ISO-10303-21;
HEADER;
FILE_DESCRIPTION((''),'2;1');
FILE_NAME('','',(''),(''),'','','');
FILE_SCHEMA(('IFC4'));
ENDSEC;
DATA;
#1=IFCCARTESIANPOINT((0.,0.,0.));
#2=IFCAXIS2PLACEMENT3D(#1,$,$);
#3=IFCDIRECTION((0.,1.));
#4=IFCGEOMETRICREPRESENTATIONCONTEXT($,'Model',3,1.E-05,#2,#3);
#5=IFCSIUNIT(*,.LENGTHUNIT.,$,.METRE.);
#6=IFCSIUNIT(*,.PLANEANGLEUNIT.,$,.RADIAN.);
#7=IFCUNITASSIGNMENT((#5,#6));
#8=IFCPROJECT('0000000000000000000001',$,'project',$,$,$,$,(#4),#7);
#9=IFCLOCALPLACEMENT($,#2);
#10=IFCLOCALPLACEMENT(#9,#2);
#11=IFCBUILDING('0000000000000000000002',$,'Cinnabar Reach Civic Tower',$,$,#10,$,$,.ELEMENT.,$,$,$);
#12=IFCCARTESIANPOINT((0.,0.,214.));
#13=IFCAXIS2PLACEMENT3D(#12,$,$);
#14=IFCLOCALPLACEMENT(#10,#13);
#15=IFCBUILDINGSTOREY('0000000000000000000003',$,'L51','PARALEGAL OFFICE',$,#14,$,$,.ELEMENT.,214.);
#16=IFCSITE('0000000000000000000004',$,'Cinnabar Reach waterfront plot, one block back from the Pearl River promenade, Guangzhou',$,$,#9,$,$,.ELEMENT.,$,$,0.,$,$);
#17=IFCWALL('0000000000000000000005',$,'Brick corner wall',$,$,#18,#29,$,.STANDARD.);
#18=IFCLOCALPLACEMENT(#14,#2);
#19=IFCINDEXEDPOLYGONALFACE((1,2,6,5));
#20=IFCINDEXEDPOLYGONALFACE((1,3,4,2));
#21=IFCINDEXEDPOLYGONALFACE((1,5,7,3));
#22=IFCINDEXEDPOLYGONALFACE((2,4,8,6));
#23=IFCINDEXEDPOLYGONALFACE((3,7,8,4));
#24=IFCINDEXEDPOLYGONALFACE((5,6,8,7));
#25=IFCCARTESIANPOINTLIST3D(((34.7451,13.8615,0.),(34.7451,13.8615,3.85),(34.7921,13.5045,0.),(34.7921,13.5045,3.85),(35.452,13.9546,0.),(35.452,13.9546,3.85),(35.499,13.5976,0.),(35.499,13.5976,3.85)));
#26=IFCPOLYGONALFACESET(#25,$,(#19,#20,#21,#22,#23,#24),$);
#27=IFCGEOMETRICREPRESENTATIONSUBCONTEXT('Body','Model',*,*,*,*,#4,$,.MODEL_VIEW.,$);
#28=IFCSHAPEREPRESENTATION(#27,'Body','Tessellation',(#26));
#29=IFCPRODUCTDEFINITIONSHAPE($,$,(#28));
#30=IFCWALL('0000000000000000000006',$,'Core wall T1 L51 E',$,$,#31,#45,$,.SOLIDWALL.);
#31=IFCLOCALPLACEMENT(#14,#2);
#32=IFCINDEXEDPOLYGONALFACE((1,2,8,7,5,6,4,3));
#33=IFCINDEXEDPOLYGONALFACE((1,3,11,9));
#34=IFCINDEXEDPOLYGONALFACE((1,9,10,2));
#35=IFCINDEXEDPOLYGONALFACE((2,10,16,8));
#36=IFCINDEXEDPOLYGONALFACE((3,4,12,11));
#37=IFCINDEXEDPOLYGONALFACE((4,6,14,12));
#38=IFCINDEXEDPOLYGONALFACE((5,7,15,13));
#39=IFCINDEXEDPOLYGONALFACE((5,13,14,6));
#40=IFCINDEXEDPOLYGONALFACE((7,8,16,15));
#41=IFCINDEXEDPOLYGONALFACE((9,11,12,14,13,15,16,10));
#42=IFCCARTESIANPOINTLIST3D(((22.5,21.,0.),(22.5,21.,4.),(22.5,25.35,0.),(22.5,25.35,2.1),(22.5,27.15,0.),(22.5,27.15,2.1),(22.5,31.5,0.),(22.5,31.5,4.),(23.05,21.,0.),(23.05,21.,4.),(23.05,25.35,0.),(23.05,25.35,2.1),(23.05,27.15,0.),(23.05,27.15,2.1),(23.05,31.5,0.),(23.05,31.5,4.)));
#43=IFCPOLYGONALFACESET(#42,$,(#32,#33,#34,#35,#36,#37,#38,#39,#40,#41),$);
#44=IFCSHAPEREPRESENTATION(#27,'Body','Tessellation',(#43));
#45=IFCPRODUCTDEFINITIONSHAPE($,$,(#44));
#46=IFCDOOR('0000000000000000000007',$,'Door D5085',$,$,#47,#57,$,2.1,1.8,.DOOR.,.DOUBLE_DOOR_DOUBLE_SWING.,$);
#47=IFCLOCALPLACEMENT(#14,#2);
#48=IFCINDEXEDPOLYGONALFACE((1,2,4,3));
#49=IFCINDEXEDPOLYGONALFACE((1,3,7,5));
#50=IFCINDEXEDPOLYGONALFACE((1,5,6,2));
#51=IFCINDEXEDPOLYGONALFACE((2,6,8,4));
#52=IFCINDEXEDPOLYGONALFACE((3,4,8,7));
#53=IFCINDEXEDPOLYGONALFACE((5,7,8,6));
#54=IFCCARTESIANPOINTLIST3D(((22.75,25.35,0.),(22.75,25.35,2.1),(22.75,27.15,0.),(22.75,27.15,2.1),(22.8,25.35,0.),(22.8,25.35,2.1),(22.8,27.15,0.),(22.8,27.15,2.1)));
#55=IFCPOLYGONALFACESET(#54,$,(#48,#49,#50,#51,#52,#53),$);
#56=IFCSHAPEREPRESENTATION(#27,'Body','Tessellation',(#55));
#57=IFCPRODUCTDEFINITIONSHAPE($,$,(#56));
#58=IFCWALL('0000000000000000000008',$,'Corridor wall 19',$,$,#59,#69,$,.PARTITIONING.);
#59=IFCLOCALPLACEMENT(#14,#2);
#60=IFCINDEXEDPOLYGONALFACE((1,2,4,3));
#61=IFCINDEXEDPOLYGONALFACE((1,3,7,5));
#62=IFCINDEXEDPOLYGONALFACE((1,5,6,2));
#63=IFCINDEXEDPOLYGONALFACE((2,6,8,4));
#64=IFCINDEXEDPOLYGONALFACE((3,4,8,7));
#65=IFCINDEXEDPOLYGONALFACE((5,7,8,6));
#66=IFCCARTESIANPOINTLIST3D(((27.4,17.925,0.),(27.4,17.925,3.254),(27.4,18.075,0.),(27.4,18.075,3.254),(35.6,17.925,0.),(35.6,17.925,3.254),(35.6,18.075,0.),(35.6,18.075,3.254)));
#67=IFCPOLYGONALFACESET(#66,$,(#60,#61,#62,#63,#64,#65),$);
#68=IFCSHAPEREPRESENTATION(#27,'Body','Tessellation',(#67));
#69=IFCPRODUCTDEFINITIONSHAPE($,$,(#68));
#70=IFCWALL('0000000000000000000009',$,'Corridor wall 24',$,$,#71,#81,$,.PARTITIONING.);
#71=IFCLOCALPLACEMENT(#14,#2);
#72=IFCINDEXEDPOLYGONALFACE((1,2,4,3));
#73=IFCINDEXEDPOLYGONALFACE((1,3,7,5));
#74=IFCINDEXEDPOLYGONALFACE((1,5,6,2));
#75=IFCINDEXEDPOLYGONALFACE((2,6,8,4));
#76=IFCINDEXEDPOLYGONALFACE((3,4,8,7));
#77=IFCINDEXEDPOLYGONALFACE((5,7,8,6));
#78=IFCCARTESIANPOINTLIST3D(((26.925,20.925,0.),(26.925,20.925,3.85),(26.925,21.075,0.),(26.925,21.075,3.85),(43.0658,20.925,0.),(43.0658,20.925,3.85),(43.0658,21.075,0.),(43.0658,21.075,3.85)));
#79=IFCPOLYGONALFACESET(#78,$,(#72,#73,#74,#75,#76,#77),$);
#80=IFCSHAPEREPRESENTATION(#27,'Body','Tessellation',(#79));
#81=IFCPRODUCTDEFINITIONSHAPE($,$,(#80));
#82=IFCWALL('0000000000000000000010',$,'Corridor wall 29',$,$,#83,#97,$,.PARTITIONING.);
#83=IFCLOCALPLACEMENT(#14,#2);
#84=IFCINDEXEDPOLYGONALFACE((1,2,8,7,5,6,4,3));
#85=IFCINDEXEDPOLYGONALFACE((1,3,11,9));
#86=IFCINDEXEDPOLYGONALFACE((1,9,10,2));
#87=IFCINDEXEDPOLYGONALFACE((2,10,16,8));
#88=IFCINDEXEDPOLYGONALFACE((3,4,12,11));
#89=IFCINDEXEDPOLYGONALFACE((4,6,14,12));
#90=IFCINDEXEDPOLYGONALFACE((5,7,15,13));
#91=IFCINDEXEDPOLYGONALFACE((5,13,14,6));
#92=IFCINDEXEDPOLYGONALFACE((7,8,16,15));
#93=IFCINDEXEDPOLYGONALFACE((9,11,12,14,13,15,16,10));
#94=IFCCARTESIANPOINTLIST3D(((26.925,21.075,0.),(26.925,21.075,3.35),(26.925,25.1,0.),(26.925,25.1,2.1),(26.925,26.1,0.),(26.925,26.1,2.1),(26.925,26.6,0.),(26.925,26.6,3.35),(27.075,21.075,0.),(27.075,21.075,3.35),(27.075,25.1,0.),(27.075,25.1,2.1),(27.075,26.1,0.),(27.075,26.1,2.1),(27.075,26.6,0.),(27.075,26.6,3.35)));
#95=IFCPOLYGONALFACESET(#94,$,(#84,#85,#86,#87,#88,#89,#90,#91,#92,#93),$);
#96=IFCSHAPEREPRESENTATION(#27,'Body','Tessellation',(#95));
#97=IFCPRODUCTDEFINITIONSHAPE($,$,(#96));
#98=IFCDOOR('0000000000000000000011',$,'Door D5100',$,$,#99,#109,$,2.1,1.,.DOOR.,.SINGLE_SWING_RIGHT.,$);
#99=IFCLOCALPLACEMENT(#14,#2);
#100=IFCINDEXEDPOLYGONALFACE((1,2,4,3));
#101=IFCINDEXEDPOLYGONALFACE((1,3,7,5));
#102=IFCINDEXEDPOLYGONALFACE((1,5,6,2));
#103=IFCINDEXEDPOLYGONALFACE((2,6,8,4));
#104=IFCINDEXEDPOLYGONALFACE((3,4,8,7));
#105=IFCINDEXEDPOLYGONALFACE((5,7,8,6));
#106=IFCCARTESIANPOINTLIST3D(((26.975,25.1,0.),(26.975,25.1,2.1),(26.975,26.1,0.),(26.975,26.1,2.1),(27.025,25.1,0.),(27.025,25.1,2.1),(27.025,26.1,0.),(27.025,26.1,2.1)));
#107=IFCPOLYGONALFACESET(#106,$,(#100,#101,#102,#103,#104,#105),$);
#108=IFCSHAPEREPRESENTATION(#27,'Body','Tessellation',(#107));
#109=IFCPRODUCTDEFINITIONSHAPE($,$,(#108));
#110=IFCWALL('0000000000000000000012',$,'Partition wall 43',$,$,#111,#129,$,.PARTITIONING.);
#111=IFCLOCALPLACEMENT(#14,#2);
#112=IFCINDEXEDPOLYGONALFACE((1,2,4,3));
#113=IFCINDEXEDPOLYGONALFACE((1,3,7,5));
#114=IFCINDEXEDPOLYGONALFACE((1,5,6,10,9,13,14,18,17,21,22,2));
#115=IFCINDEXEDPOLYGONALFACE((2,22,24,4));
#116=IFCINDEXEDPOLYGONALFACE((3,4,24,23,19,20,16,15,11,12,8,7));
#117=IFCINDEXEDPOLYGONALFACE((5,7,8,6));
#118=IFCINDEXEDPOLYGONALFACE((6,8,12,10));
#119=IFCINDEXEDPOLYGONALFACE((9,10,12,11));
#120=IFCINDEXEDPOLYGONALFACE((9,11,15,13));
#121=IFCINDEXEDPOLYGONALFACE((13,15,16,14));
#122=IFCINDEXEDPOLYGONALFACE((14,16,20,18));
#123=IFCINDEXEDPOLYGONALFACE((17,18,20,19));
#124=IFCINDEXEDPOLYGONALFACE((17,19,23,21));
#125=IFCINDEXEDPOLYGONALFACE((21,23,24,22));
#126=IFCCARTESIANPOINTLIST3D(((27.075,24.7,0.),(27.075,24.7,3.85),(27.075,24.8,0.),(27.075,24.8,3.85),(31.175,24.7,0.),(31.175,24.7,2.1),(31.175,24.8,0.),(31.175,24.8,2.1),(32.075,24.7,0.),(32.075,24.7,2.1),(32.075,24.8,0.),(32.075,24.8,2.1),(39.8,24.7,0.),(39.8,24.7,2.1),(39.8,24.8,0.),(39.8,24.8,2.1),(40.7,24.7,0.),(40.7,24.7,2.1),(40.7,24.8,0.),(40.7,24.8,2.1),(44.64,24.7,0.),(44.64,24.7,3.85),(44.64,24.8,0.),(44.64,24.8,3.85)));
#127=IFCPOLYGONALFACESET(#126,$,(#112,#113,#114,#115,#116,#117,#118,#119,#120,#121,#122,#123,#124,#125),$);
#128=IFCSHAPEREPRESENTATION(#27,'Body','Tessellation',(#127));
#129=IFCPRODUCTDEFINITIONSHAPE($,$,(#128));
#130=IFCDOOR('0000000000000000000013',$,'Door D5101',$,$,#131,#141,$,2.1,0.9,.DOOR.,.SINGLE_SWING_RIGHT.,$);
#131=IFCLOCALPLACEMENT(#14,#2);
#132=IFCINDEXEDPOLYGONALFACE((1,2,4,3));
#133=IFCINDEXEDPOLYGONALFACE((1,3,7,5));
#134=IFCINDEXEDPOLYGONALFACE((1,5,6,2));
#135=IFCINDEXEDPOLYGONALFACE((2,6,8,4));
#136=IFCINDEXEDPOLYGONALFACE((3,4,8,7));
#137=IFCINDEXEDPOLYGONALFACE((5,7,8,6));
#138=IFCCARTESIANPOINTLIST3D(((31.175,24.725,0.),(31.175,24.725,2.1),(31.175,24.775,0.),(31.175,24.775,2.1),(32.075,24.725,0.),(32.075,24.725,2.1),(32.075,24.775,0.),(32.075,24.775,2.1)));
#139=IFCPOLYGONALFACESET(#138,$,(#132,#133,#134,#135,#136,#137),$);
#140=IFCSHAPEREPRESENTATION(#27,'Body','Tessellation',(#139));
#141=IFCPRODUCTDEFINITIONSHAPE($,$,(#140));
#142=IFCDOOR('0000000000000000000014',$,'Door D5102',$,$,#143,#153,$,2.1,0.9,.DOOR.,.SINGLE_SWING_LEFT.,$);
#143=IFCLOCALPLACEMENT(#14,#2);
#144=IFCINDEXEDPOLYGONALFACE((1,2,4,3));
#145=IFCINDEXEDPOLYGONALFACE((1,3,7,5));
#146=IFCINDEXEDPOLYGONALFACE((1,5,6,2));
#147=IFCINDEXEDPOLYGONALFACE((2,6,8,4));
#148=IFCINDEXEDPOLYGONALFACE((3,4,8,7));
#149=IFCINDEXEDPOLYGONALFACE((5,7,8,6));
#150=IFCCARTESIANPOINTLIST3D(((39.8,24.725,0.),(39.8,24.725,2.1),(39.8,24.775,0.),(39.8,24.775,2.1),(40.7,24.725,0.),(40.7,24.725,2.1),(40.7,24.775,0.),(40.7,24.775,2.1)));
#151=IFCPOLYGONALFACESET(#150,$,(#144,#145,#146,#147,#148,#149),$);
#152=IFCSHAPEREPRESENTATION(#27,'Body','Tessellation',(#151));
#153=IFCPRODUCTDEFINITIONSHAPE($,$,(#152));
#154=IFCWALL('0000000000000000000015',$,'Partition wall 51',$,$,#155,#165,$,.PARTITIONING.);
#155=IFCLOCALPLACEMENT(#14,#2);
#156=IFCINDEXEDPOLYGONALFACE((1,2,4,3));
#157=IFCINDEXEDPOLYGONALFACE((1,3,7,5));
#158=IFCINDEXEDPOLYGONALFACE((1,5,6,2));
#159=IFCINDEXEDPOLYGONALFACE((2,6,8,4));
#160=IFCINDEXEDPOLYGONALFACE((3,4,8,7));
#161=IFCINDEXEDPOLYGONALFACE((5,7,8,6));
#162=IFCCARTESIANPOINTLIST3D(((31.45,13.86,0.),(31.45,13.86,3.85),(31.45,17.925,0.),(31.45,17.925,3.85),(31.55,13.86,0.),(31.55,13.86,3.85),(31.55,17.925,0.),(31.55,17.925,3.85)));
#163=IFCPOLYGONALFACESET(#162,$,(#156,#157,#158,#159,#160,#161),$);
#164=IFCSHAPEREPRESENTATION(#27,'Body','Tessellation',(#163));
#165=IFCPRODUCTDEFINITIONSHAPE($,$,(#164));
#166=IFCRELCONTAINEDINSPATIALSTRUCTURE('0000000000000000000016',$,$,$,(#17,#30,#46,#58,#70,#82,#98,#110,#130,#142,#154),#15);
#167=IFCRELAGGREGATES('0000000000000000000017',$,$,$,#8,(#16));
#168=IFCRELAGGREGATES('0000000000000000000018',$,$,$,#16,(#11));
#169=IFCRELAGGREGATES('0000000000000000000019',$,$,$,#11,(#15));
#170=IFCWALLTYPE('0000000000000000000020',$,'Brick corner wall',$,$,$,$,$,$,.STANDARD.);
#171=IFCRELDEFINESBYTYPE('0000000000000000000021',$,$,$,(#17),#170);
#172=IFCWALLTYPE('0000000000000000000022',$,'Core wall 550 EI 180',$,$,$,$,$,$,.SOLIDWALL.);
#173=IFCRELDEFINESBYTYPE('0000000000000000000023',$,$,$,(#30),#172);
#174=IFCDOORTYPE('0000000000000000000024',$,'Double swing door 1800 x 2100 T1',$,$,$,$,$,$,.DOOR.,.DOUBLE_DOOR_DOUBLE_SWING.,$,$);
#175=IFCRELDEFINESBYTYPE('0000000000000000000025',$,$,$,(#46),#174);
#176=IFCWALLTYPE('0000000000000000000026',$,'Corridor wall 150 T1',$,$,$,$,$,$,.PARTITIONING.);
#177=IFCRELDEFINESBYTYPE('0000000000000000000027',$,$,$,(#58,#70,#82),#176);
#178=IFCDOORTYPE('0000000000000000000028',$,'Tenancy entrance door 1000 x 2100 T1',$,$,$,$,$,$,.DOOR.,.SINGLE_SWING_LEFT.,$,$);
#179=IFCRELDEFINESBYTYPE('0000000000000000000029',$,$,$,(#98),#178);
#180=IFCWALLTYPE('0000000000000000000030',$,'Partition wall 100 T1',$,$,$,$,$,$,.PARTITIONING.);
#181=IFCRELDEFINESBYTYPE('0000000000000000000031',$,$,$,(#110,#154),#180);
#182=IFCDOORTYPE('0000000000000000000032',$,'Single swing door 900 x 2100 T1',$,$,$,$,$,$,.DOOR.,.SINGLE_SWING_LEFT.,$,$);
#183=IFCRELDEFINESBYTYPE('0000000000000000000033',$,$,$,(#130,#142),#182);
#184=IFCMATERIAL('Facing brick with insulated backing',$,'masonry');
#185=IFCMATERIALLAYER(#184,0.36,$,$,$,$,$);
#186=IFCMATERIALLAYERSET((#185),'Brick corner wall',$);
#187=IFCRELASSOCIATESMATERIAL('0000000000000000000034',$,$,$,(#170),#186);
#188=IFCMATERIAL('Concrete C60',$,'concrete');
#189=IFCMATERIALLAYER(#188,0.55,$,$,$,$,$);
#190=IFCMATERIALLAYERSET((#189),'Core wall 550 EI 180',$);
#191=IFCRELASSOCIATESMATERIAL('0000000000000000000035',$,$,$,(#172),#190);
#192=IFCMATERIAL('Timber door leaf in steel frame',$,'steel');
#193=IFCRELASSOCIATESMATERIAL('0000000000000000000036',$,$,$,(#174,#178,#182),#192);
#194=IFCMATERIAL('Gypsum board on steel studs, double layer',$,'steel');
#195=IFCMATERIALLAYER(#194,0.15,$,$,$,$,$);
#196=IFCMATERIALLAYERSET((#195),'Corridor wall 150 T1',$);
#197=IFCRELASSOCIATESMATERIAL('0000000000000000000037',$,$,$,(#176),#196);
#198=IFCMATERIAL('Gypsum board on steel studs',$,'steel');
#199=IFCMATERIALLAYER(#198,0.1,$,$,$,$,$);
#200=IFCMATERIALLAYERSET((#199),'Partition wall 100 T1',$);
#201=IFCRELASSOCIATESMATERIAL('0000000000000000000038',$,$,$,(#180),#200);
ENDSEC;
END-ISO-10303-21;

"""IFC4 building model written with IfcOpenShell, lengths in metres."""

from ifc_helpers import new_model, si_unit, direction, frame, frame_2d, origin, place, context, subcontext, project, spatial, rectangle, extrude, material, layer, layer_set, type_object, element, fill, save


model = new_model("IFC4")

# Units and contexts
model_context = context("Model", 3, precision=1e-05, world=origin(), true_north=direction((0.0, 1.0)))
body_context = subcontext(model_context, "Body", "Model", "MODEL_VIEW")
ifc_project = project(units=[si_unit("LENGTHUNIT", "METRE"), si_unit("PLANEANGLEUNIT", "RADIAN")], contexts=[model_context])

# Site, building, storey
site_placement = place(None, origin())
site = spatial("IfcSite", under=ifc_project, at=site_placement, Name="Cinnabar Reach waterfront plot, one block back from the Pearl River promenade, Guangzhou", CompositionType="ELEMENT", RefElevation=0.0)
building_placement = place(site_placement, origin())
building = spatial("IfcBuilding", under=site, at=building_placement, Name="Cinnabar Reach Civic Tower", CompositionType="ELEMENT")
storey_placement = place(building_placement, frame((0.0, 0.0, 214.0)))
storey = spatial("IfcBuildingStorey", under=building, at=storey_placement, Name="L51", Description="PARALEGAL OFFICE", CompositionType="ELEMENT", Elevation=214.0)

# Shared definitions
ifc_material_1 = material(Name="Concrete C60", Category="concrete")

# Wall
ifc_material_2 = material(Name="Facing brick with insulated backing", Category="masonry")
ifc_layer_1 = layer(ifc_material_2, 0.36)
ifc_layer_set_1 = layer_set([ifc_layer_1], Name="Brick corner wall")
wall_type_1 = type_object("IfcWallType", Name="Brick corner wall", PredefinedType="STANDARD", material=ifc_layer_set_1)
wall_1_placement = place(storey_placement, frame((34.7686, 13.683, 0.0), z_axis=(0.0, 0.0, 1.0), x_axis=(0.991441, 0.130556, 0.0)))
element("IfcWall", 1, at=wall_1_placement, inside=storey, type_object=wall_type_1, Name="Brick corner wall", PredefinedType="STANDARD", context=body_context, shape_type="SweptSolid", body=[
    extrude(rectangle(XDim=0.7131, YDim=0.36, at=frame_2d((0.3565, 0.0))), origin(), (0.0, 0.0, 1.0), 3.85),
])

# Wall, opening, door
ifc_layer_2 = layer(ifc_material_1, 0.55)
ifc_layer_set_2 = layer_set([ifc_layer_2], Name="Core wall 550 EI 180")
wall_type_2 = type_object("IfcWallType", Name="Core wall 550 EI 180", PredefinedType="SOLIDWALL", material=ifc_layer_set_2)
wall_2_placement = place(storey_placement, frame((22.775, 21.0, 0.0), z_axis=(0.0, 0.0, 1.0), x_axis=(0.0, 1.0, 0.0)))
wall_2 = element("IfcWall", 2, at=wall_2_placement, inside=storey, type_object=wall_type_2, Name="Core wall T1 L51 E", PredefinedType="SOLIDWALL", context=body_context, shape_type="SweptSolid", body=[
    extrude(rectangle(XDim=10.5, YDim=0.55, at=frame_2d((5.25, 0.0))), origin(), (0.0, 0.0, 1.0), 4.0),
])
opening_1_placement = place(wall_2_placement, frame((4.35, 0.0, 0.0)))
opening_1 = element("IfcOpeningElement", 3, at=opening_1_placement, cuts=wall_2, PredefinedType="OPENING", context=body_context, shape_type="SweptSolid", body=[
    extrude(rectangle(XDim=1.8, YDim=2.1, at=frame_2d((0.9, 1.05))), frame((0.0, 0.285, 0.0), z_axis=(0.0, -1.0, 0.0), x_axis=(1.0, 0.0, 0.0)), (0.0, 0.0, 1.0), 0.57),
])
ifc_material_3 = material(Name="Timber door leaf in steel frame", Category="steel")
door_type_1 = type_object("IfcDoorType", Name="Double swing door 1800 x 2100 T1", OperationType="DOUBLE_DOOR_DOUBLE_SWING", PredefinedType="DOOR", material=ifc_material_3)
door_1_placement = place(opening_1_placement, origin())
door_1 = element("IfcDoor", 4, at=door_1_placement, inside=storey, type_object=door_type_1, Name="Door D5085", OperationType="DOUBLE_DOOR_DOUBLE_SWING", OverallHeight=2.1, OverallWidth=1.8, PredefinedType="DOOR", context=body_context, shape_type="SweptSolid", body=[
    extrude(rectangle(XDim=1.8, YDim=2.1, at=frame_2d((0.9, 1.05))), frame((0.0, 0.025, 0.0), z_axis=(0.0, -1.0, 0.0), x_axis=(1.0, 0.0, 0.0)), (0.0, 0.0, 1.0), 0.05),
])
fill(opening_1, door_1)

# Walls
ifc_material_4 = material(Name="Gypsum board on steel studs, double layer", Category="steel")
ifc_layer_3 = layer(ifc_material_4, 0.15)
ifc_layer_set_3 = layer_set([ifc_layer_3], Name="Corridor wall 150 T1")
wall_type_3 = type_object("IfcWallType", Name="Corridor wall 150 T1", PredefinedType="PARTITIONING", material=ifc_layer_set_3)
wall_3_placement = place(storey_placement, frame((27.4, 18.0, 0.0), z_axis=(0.0, 0.0, 1.0), x_axis=(1.0, 0.0, 0.0)))
element("IfcWall", 5, at=wall_3_placement, inside=storey, type_object=wall_type_3, Name="Corridor wall 19", PredefinedType="PARTITIONING", context=body_context, shape_type="SweptSolid", body=[
    extrude(rectangle(XDim=8.2, YDim=0.15, at=frame_2d((4.1, 0.0))), origin(), (0.0, 0.0, 1.0), 3.254),
])
wall_4_placement = place(storey_placement, frame((26.925, 21.0, 0.0), z_axis=(0.0, 0.0, 1.0), x_axis=(1.0, 0.0, 0.0)))
element("IfcWall", 6, at=wall_4_placement, inside=storey, type_object=wall_type_3, Name="Corridor wall 24", PredefinedType="PARTITIONING", context=body_context, shape_type="SweptSolid", body=[
    extrude(rectangle(XDim=16.1409, YDim=0.15, at=frame_2d((8.0704, 0.0))), origin(), (0.0, 0.0, 1.0), 3.85),
])

# Wall, opening, door
wall_5_placement = place(storey_placement, frame((27.0, 21.075, 0.0), z_axis=(0.0, 0.0, 1.0), x_axis=(0.0, 1.0, 0.0)))
wall_5 = element("IfcWall", 7, at=wall_5_placement, inside=storey, type_object=wall_type_3, Name="Corridor wall 29", PredefinedType="PARTITIONING", context=body_context, shape_type="SweptSolid", body=[
    extrude(rectangle(XDim=5.525, YDim=0.15, at=frame_2d((2.7625, 0.0))), origin(), (0.0, 0.0, 1.0), 3.35),
])
opening_2_placement = place(wall_5_placement, frame((4.025, 0.0, 0.0)))
opening_2 = element("IfcOpeningElement", 8, at=opening_2_placement, cuts=wall_5, PredefinedType="OPENING", context=body_context, shape_type="SweptSolid", body=[
    extrude(rectangle(XDim=1.0, YDim=2.1, at=frame_2d((0.5, 1.05))), frame((0.0, 0.085, 0.0), z_axis=(0.0, -1.0, 0.0), x_axis=(1.0, 0.0, 0.0)), (0.0, 0.0, 1.0), 0.17),
])
door_type_2 = type_object("IfcDoorType", Name="Tenancy entrance door 1000 x 2100 T1", OperationType="SINGLE_SWING_LEFT", PredefinedType="DOOR", material=ifc_material_3)
door_2_placement = place(opening_2_placement, frame((1.0, 0.0, 0.0), z_axis=(0.0, 0.0, 1.0), x_axis=(-1.0, 0.0, 0.0)))
door_2 = element("IfcDoor", 9, at=door_2_placement, inside=storey, type_object=door_type_2, Name="Door D5100", OperationType="SINGLE_SWING_RIGHT", OverallHeight=2.1, OverallWidth=1.0, PredefinedType="DOOR", context=body_context, shape_type="SweptSolid", body=[
    extrude(rectangle(XDim=1.0, YDim=2.1, at=frame_2d((0.5, 1.05))), frame((0.0, 0.025, 0.0), z_axis=(0.0, -1.0, 0.0), x_axis=(1.0, 0.0, 0.0)), (0.0, 0.0, 1.0), 0.05),
])
fill(opening_2, door_2)

# Wall, openings, doors
ifc_material_5 = material(Name="Gypsum board on steel studs", Category="steel")
ifc_layer_4 = layer(ifc_material_5, 0.1)
ifc_layer_set_4 = layer_set([ifc_layer_4], Name="Partition wall 100 T1")
wall_type_4 = type_object("IfcWallType", Name="Partition wall 100 T1", PredefinedType="PARTITIONING", material=ifc_layer_set_4)
wall_6_placement = place(storey_placement, frame((27.075, 24.75, 0.0), z_axis=(0.0, 0.0, 1.0), x_axis=(1.0, 0.0, 0.0)))
wall_6 = element("IfcWall", 10, at=wall_6_placement, inside=storey, type_object=wall_type_4, Name="Partition wall 43", PredefinedType="PARTITIONING", context=body_context, shape_type="SweptSolid", body=[
    extrude(rectangle(XDim=17.565, YDim=0.1, at=frame_2d((8.7825, 0.0))), origin(), (0.0, 0.0, 1.0), 3.85),
])
opening_3_placement = place(wall_6_placement, frame((4.1, 0.0, 0.0)))
opening_3 = element("IfcOpeningElement", 11, at=opening_3_placement, cuts=wall_6, PredefinedType="OPENING", context=body_context, shape_type="SweptSolid", body=[
    extrude(rectangle(XDim=0.9, YDim=2.1, at=frame_2d((0.45, 1.05))), frame((0.0, 0.06, 0.0), z_axis=(0.0, -1.0, 0.0), x_axis=(1.0, 0.0, 0.0)), (0.0, 0.0, 1.0), 0.12),
])
opening_4_placement = place(wall_6_placement, frame((12.725, 0.0, 0.0)))
opening_4 = element("IfcOpeningElement", 12, at=opening_4_placement, cuts=wall_6, PredefinedType="OPENING", context=body_context, shape_type="SweptSolid", body=[
    extrude(rectangle(XDim=0.9, YDim=2.1, at=frame_2d((0.45, 1.05))), frame((0.0, 0.06, 0.0), z_axis=(0.0, -1.0, 0.0), x_axis=(1.0, 0.0, 0.0)), (0.0, 0.0, 1.0), 0.12),
])
door_type_3 = type_object("IfcDoorType", Name="Single swing door 900 x 2100 T1", OperationType="SINGLE_SWING_LEFT", PredefinedType="DOOR", material=ifc_material_3)
door_3_placement = place(opening_3_placement, frame((0.9, 0.0, 0.0), z_axis=(0.0, 0.0, 1.0), x_axis=(-1.0, 0.0, 0.0)))
door_3 = element("IfcDoor", 13, at=door_3_placement, inside=storey, type_object=door_type_3, Name="Door D5101", OperationType="SINGLE_SWING_RIGHT", OverallHeight=2.1, OverallWidth=0.9, PredefinedType="DOOR", context=body_context, shape_type="SweptSolid", body=[
    extrude(rectangle(XDim=0.9, YDim=2.1, at=frame_2d((0.45, 1.05))), frame((0.0, 0.025, 0.0), z_axis=(0.0, -1.0, 0.0), x_axis=(1.0, 0.0, 0.0)), (0.0, 0.0, 1.0), 0.05),
])
fill(opening_3, door_3)
door_4_placement = place(opening_4_placement, frame((0.9, 0.0, 0.0), z_axis=(0.0, 0.0, 1.0), x_axis=(-1.0, 0.0, 0.0)))
door_4 = element("IfcDoor", 14, at=door_4_placement, inside=storey, type_object=door_type_3, Name="Door D5102", OperationType="SINGLE_SWING_LEFT", OverallHeight=2.1, OverallWidth=0.9, PredefinedType="DOOR", context=body_context, shape_type="SweptSolid", body=[
    extrude(rectangle(XDim=0.9, YDim=2.1, at=frame_2d((0.45, 1.05))), frame((0.0, 0.025, 0.0), z_axis=(0.0, -1.0, 0.0), x_axis=(1.0, 0.0, 0.0)), (0.0, 0.0, 1.0), 0.05),
])
fill(opening_4, door_4)

# Wall
wall_7_placement = place(storey_placement, frame((31.5, 13.86, 0.0), z_axis=(0.0, 0.0, 1.0), x_axis=(0.0, 1.0, 0.0)))
element("IfcWall", 15, at=wall_7_placement, inside=storey, type_object=wall_type_4, Name="Partition wall 51", PredefinedType="PARTITIONING", context=body_context, shape_type="SweptSolid", body=[
    extrude(rectangle(XDim=4.065, YDim=0.1, at=frame_2d((2.0325, 0.0))), origin(), (0.0, 0.0, 1.0), 3.85),
])

save(model, "model.ifc")
